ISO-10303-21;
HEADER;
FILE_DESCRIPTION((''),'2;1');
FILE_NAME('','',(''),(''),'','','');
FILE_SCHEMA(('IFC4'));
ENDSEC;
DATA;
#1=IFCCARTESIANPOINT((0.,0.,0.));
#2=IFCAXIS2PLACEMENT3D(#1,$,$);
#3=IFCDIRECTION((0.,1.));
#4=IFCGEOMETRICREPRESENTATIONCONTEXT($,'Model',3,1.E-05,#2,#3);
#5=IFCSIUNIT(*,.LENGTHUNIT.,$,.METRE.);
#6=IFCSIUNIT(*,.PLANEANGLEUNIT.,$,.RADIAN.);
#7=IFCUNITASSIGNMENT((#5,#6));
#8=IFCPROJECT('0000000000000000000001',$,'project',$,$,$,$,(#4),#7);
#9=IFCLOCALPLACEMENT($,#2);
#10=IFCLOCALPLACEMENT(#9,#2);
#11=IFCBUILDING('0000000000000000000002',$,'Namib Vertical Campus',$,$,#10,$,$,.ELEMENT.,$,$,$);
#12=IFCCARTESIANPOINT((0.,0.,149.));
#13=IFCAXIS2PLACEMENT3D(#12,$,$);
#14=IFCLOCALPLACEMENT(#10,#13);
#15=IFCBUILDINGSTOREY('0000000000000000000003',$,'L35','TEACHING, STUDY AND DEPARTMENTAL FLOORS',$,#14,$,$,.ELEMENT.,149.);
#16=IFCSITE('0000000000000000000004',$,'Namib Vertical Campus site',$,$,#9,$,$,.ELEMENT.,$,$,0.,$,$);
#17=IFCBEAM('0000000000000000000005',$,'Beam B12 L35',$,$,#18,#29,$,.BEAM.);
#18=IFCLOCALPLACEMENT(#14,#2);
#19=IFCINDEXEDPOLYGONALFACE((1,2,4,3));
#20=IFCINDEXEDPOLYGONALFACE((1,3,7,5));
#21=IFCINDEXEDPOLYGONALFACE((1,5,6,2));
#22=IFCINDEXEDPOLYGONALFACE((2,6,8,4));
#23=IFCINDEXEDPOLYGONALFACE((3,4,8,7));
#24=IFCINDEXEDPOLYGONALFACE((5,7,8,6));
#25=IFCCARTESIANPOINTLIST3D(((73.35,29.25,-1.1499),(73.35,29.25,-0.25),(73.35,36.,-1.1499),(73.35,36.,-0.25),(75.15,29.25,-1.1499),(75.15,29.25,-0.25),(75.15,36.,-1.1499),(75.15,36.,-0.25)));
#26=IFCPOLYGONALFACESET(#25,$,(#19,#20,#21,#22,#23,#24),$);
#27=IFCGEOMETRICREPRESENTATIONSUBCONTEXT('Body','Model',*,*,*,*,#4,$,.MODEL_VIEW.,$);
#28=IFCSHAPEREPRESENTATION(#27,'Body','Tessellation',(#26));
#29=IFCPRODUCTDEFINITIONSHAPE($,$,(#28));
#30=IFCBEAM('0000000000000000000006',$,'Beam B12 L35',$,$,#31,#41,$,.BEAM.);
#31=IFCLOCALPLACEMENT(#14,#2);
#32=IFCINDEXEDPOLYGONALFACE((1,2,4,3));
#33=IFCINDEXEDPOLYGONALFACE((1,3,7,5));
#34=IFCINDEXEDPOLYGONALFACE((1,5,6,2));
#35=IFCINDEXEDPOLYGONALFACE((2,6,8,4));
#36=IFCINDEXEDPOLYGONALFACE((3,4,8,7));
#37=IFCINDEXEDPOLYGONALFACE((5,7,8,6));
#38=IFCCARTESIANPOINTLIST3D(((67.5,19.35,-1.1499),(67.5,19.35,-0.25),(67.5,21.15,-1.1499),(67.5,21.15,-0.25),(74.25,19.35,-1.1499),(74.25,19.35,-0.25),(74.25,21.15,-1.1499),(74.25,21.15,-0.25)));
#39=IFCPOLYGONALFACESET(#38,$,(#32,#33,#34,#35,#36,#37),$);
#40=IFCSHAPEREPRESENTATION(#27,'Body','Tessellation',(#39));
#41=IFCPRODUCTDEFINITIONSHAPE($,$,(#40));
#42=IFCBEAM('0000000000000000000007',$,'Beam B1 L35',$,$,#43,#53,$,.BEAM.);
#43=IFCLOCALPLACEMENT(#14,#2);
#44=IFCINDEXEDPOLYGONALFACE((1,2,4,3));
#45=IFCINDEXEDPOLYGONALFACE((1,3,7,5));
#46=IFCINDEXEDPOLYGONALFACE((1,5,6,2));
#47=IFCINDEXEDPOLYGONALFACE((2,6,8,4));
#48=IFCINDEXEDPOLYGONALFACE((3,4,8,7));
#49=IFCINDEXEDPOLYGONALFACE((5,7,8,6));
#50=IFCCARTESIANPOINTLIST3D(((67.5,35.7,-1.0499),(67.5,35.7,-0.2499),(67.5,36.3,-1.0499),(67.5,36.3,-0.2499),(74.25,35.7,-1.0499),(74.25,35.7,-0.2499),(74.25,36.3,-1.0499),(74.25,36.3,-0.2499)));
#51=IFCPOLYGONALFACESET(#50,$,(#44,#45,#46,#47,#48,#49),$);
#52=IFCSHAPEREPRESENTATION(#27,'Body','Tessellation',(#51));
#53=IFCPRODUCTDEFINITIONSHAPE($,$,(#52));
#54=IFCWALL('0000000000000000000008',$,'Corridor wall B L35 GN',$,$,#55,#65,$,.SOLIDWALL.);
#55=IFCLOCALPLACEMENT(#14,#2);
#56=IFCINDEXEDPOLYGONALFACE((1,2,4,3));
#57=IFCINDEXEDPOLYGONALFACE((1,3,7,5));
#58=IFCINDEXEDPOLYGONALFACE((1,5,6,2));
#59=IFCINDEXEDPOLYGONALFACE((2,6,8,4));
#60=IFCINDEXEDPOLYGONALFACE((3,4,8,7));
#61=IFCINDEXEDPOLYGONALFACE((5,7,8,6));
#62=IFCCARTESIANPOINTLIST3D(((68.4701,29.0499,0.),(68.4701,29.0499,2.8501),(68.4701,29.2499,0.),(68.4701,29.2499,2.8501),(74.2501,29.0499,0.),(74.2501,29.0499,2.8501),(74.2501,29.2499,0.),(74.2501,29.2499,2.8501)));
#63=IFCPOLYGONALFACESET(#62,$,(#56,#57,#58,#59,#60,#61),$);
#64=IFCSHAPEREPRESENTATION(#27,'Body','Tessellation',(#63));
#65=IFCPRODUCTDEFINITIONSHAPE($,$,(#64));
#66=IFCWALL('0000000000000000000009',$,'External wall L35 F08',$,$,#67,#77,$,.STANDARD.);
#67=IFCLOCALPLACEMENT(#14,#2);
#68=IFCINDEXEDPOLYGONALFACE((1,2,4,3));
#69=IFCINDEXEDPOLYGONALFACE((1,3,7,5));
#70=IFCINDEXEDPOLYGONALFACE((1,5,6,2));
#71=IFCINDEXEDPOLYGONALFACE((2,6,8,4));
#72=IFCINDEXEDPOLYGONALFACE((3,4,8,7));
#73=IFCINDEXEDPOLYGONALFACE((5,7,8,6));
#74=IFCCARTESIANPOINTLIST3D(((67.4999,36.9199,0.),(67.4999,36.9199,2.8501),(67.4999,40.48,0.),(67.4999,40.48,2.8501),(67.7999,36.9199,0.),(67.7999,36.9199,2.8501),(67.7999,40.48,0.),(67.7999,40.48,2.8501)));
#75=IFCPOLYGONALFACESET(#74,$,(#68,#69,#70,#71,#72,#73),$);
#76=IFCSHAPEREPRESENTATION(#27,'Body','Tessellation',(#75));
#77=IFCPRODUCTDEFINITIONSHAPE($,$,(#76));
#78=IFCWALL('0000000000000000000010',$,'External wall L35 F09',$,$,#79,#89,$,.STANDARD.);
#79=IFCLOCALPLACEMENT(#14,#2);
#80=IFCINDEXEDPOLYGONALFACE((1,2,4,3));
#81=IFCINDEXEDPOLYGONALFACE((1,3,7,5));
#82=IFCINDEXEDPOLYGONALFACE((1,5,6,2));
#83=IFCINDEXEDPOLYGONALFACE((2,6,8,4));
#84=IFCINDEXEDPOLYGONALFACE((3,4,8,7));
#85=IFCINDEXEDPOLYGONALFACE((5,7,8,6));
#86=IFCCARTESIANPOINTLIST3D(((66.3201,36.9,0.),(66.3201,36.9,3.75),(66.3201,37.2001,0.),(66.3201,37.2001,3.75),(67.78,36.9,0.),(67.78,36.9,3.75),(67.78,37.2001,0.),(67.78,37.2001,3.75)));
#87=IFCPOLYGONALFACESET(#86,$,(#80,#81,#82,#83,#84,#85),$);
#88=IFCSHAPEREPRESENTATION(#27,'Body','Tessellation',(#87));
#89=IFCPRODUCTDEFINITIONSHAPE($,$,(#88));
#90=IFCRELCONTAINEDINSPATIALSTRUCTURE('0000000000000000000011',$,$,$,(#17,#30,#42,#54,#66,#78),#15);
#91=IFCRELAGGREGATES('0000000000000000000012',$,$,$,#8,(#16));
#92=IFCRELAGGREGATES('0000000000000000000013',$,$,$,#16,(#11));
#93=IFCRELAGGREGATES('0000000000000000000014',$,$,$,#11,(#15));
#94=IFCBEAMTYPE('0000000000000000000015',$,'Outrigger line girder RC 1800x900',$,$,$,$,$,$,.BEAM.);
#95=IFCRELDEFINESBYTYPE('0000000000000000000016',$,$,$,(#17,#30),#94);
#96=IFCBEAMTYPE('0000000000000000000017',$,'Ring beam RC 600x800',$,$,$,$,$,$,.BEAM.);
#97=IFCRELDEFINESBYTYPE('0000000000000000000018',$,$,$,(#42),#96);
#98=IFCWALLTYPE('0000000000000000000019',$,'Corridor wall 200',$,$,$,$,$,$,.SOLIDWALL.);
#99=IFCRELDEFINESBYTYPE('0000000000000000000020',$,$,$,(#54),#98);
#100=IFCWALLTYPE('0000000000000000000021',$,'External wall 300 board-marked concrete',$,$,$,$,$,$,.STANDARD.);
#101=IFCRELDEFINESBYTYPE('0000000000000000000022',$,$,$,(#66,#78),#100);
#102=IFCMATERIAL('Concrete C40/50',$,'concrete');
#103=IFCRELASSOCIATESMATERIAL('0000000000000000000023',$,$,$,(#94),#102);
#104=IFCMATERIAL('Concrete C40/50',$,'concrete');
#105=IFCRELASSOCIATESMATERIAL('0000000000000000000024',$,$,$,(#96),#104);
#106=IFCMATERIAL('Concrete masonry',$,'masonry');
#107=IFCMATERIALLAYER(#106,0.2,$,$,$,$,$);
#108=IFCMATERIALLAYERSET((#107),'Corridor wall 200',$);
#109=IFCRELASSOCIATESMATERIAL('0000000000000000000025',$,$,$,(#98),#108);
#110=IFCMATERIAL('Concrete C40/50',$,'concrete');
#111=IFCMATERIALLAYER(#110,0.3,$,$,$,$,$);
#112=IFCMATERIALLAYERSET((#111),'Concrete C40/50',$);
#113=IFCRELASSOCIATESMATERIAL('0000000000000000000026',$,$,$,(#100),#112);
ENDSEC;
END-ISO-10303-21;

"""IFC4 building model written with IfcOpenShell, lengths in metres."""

from ifc_helpers import new_model, si_unit, direction, frame, frame_2d, origin, origin_2d, place, context, subcontext, project, spatial, rectangle, extrude, material, layer, layer_set, material_profile, profile_set, type_object, element, save


model = new_model("IFC4")

# Units and contexts
model_context = context("Model", 3, precision=1e-05, world=origin(), true_north=direction((0.0, 1.0)))
body_context = subcontext(model_context, "Body", "Model", "MODEL_VIEW")
ifc_project = project(units=[si_unit("LENGTHUNIT", "METRE"), si_unit("PLANEANGLEUNIT", "RADIAN")], contexts=[model_context])

# Site, building, storey
site_placement = place(None, origin())
site = spatial("IfcSite", under=ifc_project, at=site_placement, Name="Namib Vertical Campus site", CompositionType="ELEMENT", RefElevation=0.0)
building_placement = place(site_placement, origin())
building = spatial("IfcBuilding", under=site, at=building_placement, Name="Namib Vertical Campus", CompositionType="ELEMENT")
storey_placement = place(building_placement, frame((0.0, 0.0, 149.0)))
storey = spatial("IfcBuildingStorey", under=building, at=storey_placement, Name="L35", Description="TEACHING, STUDY AND DEPARTMENTAL FLOORS", CompositionType="ELEMENT", Elevation=149.0)

# Beams
ifc_material_1 = material(Name="Concrete C40/50", Category="concrete")
ifc_material_profile_1 = material_profile(ifc_material_1, rectangle(XDim=1.8, YDim=0.8999, at=origin_2d()))
ifc_profile_set_1 = profile_set([ifc_material_profile_1], Name="Concrete C40/50")
beam_type_1 = type_object("IfcBeamType", Name="Outrigger line girder RC 1800x900", PredefinedType="BEAM", material=ifc_profile_set_1)
for number, where, z_axis, x_axis, name in (
    (1, (74.25, 36.0, -0.7), (0.0, -1.0, 0.0), (1.0, 0.0, 0.0), "Beam B12 L35"),
    (2, (67.5, 20.25, -0.7), (1.0, 0.0, 0.0), (0.0, 1.0, 0.0), "Beam B12 L35"),
):
    element("IfcBeam", number, at=place(storey_placement, frame(where, z_axis=z_axis, x_axis=x_axis)), inside=storey, type_object=beam_type_1, Name=name, PredefinedType="BEAM", context=body_context, shape_type="SweptSolid", body=[
        extrude(rectangle(XDim=1.8, YDim=0.8999, at=origin_2d()), origin(), (0.0, 0.0, 1.0), 6.75),
    ])
ifc_material_2 = material(Name="Concrete C40/50", Category="concrete")
ifc_material_profile_2 = material_profile(ifc_material_2, rectangle(XDim=0.6001, YDim=0.8, at=origin_2d()))
ifc_profile_set_2 = profile_set([ifc_material_profile_2], Name="Concrete C40/50")
beam_type_2 = type_object("IfcBeamType", Name="Ring beam RC 600x800", PredefinedType="BEAM", material=ifc_profile_set_2)
beam_1_placement = place(storey_placement, frame((67.5, 36.0, -0.6499), z_axis=(1.0, 0.0, 0.0), x_axis=(0.0, 1.0, 0.0)))
element("IfcBeam", 3, at=beam_1_placement, inside=storey, type_object=beam_type_2, Name="Beam B1 L35", PredefinedType="BEAM", context=body_context, shape_type="SweptSolid", body=[
    extrude(rectangle(XDim=0.6001, YDim=0.8, at=origin_2d()), origin(), (0.0, 0.0, 1.0), 6.75),
])

# Walls
ifc_material_3 = material(Name="Concrete masonry", Category="masonry")
ifc_layer_1 = layer(ifc_material_3, 0.2)
ifc_layer_set_1 = layer_set([ifc_layer_1], Name="Corridor wall 200")
wall_type_1 = type_object("IfcWallType", Name="Corridor wall 200", PredefinedType="SOLIDWALL", material=ifc_layer_set_1)
wall_1_placement = place(storey_placement, frame((68.47, 29.1499, 0.0), z_axis=(0.0, 0.0, 1.0), x_axis=(1.0, 0.0, 0.0)))
element("IfcWall", 4, at=wall_1_placement, inside=storey, type_object=wall_type_1, Name="Corridor wall B L35 GN", PredefinedType="SOLIDWALL", context=body_context, shape_type="SweptSolid", body=[
    extrude(rectangle(XDim=5.78, YDim=0.2, at=frame_2d((2.8901, 0.0))), origin(), (0.0, 0.0, 1.0), 2.8501),
])
ifc_material_4 = material(Name="Concrete C40/50", Category="concrete")
ifc_layer_2 = layer(ifc_material_4, 0.3)
ifc_layer_set_2 = layer_set([ifc_layer_2], Name="Concrete C40/50")
wall_type_2 = type_object("IfcWallType", Name="External wall 300 board-marked concrete", PredefinedType="STANDARD", material=ifc_layer_set_2)
wall_2_placement = place(storey_placement, frame((67.6499, 40.48, 0.0), z_axis=(0.0, 0.0, 1.0), x_axis=(0.0, -1.0, 0.0)))
element("IfcWall", 5, at=wall_2_placement, inside=storey, type_object=wall_type_2, Name="External wall L35 F08", PredefinedType="STANDARD", context=body_context, shape_type="SweptSolid", body=[
    extrude(rectangle(XDim=3.5601, YDim=0.3, at=frame_2d((1.78, 0.0))), origin(), (0.0, 0.0, 1.0), 2.8501),
])
wall_3_placement = place(storey_placement, frame((67.78, 37.05, 0.0), z_axis=(0.0, 0.0, 1.0), x_axis=(-1.0, 0.0, 0.0)))
element("IfcWall", 6, at=wall_3_placement, inside=storey, type_object=wall_type_2, Name="External wall L35 F09", PredefinedType="STANDARD", context=body_context, shape_type="SweptSolid", body=[
    extrude(rectangle(XDim=1.46, YDim=0.3, at=frame_2d((0.73, 0.0))), origin(), (0.0, 0.0, 1.0), 3.75),
])

save(model, "model.ifc")
